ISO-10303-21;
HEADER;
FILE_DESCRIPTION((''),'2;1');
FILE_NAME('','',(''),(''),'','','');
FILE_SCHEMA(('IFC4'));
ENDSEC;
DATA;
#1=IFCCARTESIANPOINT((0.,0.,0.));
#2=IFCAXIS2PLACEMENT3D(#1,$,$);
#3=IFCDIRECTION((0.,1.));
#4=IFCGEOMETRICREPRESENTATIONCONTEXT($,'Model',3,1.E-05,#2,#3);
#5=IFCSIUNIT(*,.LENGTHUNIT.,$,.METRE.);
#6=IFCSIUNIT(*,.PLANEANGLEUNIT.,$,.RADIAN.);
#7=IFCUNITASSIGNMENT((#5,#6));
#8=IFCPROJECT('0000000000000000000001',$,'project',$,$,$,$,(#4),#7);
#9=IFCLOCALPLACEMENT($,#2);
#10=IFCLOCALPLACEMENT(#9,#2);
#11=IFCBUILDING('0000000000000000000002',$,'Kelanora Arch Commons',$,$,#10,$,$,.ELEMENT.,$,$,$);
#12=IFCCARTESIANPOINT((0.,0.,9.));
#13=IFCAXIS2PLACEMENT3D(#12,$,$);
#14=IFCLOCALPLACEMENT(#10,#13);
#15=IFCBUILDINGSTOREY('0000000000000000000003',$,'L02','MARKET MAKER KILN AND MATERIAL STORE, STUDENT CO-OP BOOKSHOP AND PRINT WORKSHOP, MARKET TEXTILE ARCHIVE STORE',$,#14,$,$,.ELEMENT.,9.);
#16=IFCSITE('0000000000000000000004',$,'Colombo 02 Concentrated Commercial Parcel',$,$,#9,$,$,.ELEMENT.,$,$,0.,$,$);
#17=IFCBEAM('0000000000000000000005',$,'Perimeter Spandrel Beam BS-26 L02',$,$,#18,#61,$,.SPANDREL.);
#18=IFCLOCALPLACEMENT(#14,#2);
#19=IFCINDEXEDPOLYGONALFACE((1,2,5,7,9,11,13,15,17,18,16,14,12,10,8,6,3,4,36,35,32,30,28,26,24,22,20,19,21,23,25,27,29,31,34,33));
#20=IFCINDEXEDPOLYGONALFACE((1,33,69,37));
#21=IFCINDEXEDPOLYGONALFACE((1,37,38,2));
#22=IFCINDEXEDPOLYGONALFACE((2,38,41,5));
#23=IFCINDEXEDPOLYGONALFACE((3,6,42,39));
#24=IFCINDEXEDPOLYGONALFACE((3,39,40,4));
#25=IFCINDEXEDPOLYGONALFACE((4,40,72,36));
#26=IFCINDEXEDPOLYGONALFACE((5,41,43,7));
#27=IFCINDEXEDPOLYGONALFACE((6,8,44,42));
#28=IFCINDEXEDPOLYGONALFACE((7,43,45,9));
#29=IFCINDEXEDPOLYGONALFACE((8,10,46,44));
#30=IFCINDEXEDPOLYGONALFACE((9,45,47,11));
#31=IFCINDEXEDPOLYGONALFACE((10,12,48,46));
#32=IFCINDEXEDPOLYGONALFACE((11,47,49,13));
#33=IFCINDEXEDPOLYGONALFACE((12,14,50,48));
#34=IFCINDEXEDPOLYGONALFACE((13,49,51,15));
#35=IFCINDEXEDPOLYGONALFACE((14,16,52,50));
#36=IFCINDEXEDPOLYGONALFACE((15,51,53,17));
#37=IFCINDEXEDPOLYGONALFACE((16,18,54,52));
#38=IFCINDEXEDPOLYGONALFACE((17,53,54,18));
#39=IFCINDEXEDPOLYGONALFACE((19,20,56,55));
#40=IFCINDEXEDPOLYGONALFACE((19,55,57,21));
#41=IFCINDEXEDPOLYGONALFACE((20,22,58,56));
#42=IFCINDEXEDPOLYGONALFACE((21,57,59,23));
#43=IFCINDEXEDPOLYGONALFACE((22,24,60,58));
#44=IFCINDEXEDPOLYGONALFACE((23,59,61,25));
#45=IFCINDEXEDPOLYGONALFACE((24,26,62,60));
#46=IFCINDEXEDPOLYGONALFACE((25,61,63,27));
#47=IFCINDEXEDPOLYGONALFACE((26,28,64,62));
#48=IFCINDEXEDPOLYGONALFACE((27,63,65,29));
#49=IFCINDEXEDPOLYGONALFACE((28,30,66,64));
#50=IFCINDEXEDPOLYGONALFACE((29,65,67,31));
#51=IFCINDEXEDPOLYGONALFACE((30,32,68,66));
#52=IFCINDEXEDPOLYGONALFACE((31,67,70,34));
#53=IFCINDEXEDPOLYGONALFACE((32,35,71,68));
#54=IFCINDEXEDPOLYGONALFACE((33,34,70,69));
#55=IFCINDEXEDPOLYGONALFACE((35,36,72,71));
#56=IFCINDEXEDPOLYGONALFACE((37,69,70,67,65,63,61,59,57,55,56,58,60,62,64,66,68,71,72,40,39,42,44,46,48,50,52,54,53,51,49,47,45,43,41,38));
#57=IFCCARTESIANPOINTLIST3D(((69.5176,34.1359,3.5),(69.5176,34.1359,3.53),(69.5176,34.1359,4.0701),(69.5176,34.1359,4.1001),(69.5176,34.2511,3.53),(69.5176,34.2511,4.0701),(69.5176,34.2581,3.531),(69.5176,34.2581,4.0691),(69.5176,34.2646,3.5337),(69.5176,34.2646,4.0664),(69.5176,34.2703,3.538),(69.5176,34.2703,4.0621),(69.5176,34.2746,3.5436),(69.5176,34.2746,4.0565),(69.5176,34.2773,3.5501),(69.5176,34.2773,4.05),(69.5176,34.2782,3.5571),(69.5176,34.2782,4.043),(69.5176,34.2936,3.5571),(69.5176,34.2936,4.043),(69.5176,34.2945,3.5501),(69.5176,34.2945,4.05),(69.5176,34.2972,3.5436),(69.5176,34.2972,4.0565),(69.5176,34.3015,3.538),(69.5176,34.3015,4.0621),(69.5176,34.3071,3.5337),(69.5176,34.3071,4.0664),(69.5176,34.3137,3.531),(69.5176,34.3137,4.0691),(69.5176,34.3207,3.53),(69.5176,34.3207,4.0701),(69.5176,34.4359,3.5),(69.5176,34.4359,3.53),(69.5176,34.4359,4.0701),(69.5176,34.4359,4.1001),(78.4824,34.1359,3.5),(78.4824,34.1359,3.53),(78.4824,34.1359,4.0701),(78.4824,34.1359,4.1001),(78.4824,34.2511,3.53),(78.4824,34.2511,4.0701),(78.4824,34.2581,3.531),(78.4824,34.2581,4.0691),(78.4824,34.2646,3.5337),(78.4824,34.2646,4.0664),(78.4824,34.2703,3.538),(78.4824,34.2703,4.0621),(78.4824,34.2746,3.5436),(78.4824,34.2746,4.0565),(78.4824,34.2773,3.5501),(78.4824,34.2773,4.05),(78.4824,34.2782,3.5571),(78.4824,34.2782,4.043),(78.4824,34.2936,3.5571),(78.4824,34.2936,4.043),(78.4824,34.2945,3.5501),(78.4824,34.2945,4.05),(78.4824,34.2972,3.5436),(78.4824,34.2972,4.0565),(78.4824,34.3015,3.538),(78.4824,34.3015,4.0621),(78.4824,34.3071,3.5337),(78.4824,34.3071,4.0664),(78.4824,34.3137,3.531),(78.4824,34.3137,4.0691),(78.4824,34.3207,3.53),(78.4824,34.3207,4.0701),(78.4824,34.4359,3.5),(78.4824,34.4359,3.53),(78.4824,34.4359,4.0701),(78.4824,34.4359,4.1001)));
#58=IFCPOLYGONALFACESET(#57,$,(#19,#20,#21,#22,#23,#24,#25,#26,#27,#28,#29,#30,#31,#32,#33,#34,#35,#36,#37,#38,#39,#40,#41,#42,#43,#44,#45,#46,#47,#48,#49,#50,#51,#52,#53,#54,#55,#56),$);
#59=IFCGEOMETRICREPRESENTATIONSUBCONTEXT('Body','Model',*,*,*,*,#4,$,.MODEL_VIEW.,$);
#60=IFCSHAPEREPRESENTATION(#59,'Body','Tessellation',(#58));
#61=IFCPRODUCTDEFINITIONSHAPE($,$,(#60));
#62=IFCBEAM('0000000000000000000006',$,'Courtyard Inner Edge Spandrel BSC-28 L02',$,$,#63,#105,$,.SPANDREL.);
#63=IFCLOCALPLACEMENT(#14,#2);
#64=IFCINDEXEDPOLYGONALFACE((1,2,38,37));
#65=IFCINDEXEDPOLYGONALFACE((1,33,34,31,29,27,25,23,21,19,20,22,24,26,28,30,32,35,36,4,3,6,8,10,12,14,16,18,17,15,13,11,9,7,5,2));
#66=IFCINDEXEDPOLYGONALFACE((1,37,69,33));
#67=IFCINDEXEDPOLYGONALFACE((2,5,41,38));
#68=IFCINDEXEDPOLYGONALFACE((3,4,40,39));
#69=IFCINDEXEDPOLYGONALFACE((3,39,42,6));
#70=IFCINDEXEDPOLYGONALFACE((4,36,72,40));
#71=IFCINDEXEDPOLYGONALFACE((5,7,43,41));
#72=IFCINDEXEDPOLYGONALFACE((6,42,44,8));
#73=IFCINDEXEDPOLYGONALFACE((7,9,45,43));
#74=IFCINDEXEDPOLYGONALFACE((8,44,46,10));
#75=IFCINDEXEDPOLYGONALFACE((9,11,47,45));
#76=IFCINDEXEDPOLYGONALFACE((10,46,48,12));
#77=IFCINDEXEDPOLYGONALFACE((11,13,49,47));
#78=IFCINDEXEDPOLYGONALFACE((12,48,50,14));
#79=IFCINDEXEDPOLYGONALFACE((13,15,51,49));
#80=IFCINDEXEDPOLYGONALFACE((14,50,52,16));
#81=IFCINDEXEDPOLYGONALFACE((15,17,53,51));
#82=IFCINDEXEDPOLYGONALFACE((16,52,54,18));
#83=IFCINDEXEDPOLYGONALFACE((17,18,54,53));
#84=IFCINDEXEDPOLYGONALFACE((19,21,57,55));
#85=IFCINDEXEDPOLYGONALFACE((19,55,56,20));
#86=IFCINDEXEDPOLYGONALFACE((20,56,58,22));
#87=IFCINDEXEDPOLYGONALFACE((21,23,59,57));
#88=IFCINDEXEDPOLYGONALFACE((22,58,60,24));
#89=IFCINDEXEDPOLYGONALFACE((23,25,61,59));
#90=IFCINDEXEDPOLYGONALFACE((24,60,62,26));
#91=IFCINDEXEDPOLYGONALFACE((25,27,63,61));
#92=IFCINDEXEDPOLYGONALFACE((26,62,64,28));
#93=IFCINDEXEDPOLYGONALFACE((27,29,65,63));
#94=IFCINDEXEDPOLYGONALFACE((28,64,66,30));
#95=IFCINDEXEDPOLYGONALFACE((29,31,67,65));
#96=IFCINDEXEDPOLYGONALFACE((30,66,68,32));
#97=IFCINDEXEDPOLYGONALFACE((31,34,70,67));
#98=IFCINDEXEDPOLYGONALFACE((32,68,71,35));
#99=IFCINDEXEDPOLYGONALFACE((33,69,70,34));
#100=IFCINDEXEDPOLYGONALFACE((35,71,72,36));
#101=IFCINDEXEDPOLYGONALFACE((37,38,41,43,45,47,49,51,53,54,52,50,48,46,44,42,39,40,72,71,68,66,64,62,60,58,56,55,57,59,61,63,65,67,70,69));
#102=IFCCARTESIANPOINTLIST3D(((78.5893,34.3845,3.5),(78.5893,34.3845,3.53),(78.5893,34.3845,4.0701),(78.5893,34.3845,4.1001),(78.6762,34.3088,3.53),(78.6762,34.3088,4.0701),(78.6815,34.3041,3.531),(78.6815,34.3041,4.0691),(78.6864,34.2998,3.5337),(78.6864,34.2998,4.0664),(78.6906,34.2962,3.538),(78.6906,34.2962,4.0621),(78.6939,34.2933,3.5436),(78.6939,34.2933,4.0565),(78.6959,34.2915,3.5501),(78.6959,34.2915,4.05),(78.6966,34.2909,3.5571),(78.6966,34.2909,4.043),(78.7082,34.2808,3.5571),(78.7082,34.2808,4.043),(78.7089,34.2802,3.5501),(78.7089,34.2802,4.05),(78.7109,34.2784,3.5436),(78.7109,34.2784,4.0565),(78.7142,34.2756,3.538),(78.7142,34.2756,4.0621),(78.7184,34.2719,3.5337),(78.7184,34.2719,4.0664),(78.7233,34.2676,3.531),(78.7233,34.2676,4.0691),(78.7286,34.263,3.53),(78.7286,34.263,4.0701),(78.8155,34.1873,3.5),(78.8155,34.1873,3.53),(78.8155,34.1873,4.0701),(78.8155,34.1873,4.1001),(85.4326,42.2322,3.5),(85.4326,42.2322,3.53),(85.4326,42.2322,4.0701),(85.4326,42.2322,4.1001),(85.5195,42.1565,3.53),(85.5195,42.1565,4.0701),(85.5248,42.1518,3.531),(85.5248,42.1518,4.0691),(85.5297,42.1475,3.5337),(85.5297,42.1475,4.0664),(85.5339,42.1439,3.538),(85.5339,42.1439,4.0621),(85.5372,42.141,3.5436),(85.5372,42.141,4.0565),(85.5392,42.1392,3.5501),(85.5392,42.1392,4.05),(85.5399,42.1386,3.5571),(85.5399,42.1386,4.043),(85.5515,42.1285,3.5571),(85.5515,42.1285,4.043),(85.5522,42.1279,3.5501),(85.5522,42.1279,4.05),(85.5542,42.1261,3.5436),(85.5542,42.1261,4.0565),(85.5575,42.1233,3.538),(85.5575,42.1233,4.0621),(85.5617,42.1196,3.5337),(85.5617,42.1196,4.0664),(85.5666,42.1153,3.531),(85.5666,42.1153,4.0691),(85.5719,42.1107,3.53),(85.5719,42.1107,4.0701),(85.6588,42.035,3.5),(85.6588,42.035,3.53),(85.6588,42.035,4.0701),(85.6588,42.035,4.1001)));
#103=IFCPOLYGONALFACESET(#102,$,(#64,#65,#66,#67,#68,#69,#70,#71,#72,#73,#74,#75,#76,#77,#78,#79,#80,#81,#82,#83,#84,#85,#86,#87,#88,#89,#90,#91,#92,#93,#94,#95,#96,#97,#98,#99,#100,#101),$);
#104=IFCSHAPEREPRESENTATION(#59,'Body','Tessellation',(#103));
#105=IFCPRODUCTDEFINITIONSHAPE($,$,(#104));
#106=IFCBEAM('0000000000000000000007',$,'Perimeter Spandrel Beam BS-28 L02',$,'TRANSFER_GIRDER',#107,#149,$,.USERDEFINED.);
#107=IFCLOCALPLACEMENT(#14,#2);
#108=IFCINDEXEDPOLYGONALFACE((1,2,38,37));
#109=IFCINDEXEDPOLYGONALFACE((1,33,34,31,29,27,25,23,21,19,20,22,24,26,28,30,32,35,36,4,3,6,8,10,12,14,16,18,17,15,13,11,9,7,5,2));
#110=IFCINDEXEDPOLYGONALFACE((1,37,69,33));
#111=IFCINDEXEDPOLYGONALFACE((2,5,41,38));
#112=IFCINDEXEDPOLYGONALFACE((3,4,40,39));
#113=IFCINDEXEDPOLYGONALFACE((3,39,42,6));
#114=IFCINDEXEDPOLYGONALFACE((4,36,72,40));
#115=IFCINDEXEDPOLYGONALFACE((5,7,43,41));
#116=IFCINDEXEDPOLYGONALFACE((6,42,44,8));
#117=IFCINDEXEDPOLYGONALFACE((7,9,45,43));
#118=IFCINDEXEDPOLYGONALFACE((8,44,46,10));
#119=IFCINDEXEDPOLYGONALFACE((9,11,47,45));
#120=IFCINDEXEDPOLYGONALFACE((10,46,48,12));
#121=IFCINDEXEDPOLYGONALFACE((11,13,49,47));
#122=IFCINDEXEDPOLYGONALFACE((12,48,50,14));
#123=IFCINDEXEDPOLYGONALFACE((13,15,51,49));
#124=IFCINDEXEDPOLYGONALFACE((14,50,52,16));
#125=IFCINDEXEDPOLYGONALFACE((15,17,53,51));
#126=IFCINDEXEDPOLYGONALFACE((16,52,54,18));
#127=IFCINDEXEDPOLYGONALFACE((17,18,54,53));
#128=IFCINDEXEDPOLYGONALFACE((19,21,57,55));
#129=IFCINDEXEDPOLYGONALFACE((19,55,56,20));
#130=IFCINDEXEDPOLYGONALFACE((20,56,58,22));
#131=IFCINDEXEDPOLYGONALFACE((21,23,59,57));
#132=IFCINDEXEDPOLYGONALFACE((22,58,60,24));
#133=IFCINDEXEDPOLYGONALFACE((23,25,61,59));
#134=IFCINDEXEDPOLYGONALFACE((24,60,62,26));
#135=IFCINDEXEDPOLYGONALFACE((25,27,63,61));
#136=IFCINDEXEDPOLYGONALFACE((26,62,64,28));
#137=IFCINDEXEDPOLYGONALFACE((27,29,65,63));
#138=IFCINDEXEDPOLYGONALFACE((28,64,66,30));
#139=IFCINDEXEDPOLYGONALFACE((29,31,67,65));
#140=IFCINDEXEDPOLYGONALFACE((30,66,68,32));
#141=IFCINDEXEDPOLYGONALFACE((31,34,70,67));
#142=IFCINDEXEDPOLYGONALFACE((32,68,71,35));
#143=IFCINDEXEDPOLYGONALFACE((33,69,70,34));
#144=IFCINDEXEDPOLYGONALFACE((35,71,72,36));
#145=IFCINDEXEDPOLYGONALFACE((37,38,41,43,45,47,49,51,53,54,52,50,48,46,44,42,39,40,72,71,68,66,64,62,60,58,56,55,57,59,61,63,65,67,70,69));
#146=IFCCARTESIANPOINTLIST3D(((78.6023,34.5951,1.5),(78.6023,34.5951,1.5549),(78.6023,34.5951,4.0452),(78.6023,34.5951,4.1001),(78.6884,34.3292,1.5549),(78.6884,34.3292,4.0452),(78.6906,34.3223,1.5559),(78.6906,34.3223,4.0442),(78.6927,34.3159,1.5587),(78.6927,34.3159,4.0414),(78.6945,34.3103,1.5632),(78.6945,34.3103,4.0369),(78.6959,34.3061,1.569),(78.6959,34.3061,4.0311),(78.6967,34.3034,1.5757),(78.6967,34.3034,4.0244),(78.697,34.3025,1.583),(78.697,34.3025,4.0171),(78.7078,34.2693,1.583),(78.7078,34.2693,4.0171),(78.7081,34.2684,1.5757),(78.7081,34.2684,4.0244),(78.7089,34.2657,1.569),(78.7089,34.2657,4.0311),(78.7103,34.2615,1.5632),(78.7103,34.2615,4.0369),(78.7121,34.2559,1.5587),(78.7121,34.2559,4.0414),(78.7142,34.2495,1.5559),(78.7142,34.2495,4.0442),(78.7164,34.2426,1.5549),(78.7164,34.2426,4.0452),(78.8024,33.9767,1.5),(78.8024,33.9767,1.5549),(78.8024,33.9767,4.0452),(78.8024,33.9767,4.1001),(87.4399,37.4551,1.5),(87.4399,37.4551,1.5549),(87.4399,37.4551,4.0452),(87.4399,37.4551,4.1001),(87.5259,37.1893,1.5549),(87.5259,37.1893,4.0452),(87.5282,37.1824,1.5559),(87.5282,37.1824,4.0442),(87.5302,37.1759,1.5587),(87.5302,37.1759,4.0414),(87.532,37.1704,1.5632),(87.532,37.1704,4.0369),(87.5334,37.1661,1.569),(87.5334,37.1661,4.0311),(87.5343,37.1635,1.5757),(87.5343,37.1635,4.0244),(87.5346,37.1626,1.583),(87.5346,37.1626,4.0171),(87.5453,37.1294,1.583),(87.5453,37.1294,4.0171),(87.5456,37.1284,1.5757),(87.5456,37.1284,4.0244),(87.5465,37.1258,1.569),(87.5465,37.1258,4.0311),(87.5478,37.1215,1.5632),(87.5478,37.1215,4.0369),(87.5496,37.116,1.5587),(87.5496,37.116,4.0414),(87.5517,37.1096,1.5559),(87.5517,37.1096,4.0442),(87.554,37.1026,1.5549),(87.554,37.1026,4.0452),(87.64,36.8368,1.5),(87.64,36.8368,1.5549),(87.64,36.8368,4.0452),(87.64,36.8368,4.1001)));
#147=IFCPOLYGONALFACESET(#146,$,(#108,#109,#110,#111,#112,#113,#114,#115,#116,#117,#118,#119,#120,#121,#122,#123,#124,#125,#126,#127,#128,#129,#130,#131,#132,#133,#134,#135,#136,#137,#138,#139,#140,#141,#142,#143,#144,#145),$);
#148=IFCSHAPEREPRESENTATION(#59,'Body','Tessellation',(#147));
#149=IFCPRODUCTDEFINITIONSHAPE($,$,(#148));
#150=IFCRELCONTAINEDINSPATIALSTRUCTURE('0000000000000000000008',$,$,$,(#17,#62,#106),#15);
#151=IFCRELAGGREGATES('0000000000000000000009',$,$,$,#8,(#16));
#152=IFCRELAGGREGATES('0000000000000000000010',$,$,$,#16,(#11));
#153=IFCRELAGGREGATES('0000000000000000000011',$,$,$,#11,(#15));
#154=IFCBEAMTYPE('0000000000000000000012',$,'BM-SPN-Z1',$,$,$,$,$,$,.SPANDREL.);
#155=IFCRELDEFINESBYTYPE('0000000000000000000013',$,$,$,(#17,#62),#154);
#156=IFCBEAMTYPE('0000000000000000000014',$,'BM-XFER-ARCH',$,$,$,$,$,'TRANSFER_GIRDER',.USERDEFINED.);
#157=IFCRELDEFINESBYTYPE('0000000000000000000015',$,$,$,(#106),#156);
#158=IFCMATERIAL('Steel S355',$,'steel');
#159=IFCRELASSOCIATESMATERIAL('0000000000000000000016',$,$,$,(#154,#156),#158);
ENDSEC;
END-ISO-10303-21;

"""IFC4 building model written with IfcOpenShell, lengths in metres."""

from ifc_helpers import new_model, si_unit, direction, frame, origin, origin_2d, place, context, subcontext, project, spatial, i_section, extrude, material, material_profile, profile_set, type_object, element, save


model = new_model("IFC4")

# Units and contexts
model_context = context("Model", 3, precision=1e-05, world=origin(), true_north=direction((0.0, 1.0)))
body_context = subcontext(model_context, "Body", "Model", "MODEL_VIEW")
ifc_project = project(units=[si_unit("LENGTHUNIT", "METRE"), si_unit("PLANEANGLEUNIT", "RADIAN")], contexts=[model_context])

# Site, building, storey
site_placement = place(None, origin())
site = spatial("IfcSite", under=ifc_project, at=site_placement, Name="Colombo 02 Concentrated Commercial Parcel", CompositionType="ELEMENT", RefElevation=0.0)
building_placement = place(site_placement, origin())
building = spatial("IfcBuilding", under=site, at=building_placement, Name="Kelanora Arch Commons", CompositionType="ELEMENT")
storey_placement = place(building_placement, frame((0.0, 0.0, 9.0)))
storey = spatial("IfcBuildingStorey", under=building, at=storey_placement, Name="L02", Description="MARKET MAKER KILN AND MATERIAL STORE, STUDENT CO-OP BOOKSHOP AND PRINT WORKSHOP, MARKET TEXTILE ARCHIVE STORE", CompositionType="ELEMENT", Elevation=9.0)

# Beams
ifc_material_1 = material(Name="Steel S355", Category="steel")
ifc_material_profile_1 = material_profile(ifc_material_1, i_section(OverallWidth=0.3, OverallDepth=0.6001, WebThickness=0.0154, FlangeThickness=0.03, FilletRadius=0.0271, at=origin_2d()), Name="HEB600")
ifc_profile_set_1 = profile_set([ifc_material_profile_1], Name="Steel S355")
beam_type_1 = type_object("IfcBeamType", Name="BM-SPN-Z1", PredefinedType="SPANDREL", material=ifc_profile_set_1)
beam_1_placement = place(storey_placement, frame((69.5176, 34.2859, 3.8), z_axis=(1.0, 0.0, 0.0), x_axis=(0.0, 1.0, 0.0)))
element("IfcBeam", 1, at=beam_1_placement, inside=storey, type_object=beam_type_1, Name="Perimeter Spandrel Beam BS-26 L02", PredefinedType="SPANDREL", context=body_context, shape_type="SweptSolid", body=[
    extrude(i_section(OverallWidth=0.3, OverallDepth=0.6001, WebThickness=0.0154, FlangeThickness=0.03, FilletRadius=0.0271, at=origin_2d()), origin(), (0.0, 0.0, 1.0), 8.9648),
])
beam_2_placement = place(storey_placement, frame((78.7024, 34.2859, 3.8), z_axis=(0.657229, 0.753691, 0.0), x_axis=(-0.753691, 0.657229, 0.0)))
element("IfcBeam", 2, at=beam_2_placement, inside=storey, type_object=beam_type_1, Name="Courtyard Inner Edge Spandrel BSC-28 L02", PredefinedType="SPANDREL", context=body_context, shape_type="SweptSolid", body=[
    extrude(i_section(OverallWidth=0.3, OverallDepth=0.6001, WebThickness=0.0154, FlangeThickness=0.03, FilletRadius=0.0271, at=origin_2d()), origin(), (0.0, 0.0, 1.0), 10.4124),
])
ifc_material_profile_2 = material_profile(ifc_material_1, i_section(OverallWidth=0.6499, OverallDepth=2.6001, WebThickness=0.0349, FlangeThickness=0.0549, FilletRadius=0.0281, at=origin_2d()), Name="PG2600x650")
ifc_profile_set_2 = profile_set([ifc_material_profile_2], Name="Steel S355")
beam_type_2 = type_object("IfcBeamType", Name="BM-XFER-ARCH", ElementType="TRANSFER_GIRDER", PredefinedType="USERDEFINED", material=ifc_profile_set_2)
beam_3_placement = place(storey_placement, frame((78.7024, 34.2859, 2.8), z_axis=(0.951417, 0.307905, 0.0), x_axis=(-0.307905, 0.951417, 0.0)))
element("IfcBeam", 3, at=beam_3_placement, inside=storey, type_object=beam_type_2, Name="Perimeter Spandrel Beam BS-28 L02", ObjectType="TRANSFER_GIRDER", PredefinedType="USERDEFINED", context=body_context, shape_type="SweptSolid", body=[
    extrude(i_section(OverallWidth=0.6499, OverallDepth=2.6001, WebThickness=0.0349, FlangeThickness=0.0549, FilletRadius=0.0281, at=origin_2d()), origin(), (0.0, 0.0, 1.0), 9.2888),
])

save(model, "model.ifc")
